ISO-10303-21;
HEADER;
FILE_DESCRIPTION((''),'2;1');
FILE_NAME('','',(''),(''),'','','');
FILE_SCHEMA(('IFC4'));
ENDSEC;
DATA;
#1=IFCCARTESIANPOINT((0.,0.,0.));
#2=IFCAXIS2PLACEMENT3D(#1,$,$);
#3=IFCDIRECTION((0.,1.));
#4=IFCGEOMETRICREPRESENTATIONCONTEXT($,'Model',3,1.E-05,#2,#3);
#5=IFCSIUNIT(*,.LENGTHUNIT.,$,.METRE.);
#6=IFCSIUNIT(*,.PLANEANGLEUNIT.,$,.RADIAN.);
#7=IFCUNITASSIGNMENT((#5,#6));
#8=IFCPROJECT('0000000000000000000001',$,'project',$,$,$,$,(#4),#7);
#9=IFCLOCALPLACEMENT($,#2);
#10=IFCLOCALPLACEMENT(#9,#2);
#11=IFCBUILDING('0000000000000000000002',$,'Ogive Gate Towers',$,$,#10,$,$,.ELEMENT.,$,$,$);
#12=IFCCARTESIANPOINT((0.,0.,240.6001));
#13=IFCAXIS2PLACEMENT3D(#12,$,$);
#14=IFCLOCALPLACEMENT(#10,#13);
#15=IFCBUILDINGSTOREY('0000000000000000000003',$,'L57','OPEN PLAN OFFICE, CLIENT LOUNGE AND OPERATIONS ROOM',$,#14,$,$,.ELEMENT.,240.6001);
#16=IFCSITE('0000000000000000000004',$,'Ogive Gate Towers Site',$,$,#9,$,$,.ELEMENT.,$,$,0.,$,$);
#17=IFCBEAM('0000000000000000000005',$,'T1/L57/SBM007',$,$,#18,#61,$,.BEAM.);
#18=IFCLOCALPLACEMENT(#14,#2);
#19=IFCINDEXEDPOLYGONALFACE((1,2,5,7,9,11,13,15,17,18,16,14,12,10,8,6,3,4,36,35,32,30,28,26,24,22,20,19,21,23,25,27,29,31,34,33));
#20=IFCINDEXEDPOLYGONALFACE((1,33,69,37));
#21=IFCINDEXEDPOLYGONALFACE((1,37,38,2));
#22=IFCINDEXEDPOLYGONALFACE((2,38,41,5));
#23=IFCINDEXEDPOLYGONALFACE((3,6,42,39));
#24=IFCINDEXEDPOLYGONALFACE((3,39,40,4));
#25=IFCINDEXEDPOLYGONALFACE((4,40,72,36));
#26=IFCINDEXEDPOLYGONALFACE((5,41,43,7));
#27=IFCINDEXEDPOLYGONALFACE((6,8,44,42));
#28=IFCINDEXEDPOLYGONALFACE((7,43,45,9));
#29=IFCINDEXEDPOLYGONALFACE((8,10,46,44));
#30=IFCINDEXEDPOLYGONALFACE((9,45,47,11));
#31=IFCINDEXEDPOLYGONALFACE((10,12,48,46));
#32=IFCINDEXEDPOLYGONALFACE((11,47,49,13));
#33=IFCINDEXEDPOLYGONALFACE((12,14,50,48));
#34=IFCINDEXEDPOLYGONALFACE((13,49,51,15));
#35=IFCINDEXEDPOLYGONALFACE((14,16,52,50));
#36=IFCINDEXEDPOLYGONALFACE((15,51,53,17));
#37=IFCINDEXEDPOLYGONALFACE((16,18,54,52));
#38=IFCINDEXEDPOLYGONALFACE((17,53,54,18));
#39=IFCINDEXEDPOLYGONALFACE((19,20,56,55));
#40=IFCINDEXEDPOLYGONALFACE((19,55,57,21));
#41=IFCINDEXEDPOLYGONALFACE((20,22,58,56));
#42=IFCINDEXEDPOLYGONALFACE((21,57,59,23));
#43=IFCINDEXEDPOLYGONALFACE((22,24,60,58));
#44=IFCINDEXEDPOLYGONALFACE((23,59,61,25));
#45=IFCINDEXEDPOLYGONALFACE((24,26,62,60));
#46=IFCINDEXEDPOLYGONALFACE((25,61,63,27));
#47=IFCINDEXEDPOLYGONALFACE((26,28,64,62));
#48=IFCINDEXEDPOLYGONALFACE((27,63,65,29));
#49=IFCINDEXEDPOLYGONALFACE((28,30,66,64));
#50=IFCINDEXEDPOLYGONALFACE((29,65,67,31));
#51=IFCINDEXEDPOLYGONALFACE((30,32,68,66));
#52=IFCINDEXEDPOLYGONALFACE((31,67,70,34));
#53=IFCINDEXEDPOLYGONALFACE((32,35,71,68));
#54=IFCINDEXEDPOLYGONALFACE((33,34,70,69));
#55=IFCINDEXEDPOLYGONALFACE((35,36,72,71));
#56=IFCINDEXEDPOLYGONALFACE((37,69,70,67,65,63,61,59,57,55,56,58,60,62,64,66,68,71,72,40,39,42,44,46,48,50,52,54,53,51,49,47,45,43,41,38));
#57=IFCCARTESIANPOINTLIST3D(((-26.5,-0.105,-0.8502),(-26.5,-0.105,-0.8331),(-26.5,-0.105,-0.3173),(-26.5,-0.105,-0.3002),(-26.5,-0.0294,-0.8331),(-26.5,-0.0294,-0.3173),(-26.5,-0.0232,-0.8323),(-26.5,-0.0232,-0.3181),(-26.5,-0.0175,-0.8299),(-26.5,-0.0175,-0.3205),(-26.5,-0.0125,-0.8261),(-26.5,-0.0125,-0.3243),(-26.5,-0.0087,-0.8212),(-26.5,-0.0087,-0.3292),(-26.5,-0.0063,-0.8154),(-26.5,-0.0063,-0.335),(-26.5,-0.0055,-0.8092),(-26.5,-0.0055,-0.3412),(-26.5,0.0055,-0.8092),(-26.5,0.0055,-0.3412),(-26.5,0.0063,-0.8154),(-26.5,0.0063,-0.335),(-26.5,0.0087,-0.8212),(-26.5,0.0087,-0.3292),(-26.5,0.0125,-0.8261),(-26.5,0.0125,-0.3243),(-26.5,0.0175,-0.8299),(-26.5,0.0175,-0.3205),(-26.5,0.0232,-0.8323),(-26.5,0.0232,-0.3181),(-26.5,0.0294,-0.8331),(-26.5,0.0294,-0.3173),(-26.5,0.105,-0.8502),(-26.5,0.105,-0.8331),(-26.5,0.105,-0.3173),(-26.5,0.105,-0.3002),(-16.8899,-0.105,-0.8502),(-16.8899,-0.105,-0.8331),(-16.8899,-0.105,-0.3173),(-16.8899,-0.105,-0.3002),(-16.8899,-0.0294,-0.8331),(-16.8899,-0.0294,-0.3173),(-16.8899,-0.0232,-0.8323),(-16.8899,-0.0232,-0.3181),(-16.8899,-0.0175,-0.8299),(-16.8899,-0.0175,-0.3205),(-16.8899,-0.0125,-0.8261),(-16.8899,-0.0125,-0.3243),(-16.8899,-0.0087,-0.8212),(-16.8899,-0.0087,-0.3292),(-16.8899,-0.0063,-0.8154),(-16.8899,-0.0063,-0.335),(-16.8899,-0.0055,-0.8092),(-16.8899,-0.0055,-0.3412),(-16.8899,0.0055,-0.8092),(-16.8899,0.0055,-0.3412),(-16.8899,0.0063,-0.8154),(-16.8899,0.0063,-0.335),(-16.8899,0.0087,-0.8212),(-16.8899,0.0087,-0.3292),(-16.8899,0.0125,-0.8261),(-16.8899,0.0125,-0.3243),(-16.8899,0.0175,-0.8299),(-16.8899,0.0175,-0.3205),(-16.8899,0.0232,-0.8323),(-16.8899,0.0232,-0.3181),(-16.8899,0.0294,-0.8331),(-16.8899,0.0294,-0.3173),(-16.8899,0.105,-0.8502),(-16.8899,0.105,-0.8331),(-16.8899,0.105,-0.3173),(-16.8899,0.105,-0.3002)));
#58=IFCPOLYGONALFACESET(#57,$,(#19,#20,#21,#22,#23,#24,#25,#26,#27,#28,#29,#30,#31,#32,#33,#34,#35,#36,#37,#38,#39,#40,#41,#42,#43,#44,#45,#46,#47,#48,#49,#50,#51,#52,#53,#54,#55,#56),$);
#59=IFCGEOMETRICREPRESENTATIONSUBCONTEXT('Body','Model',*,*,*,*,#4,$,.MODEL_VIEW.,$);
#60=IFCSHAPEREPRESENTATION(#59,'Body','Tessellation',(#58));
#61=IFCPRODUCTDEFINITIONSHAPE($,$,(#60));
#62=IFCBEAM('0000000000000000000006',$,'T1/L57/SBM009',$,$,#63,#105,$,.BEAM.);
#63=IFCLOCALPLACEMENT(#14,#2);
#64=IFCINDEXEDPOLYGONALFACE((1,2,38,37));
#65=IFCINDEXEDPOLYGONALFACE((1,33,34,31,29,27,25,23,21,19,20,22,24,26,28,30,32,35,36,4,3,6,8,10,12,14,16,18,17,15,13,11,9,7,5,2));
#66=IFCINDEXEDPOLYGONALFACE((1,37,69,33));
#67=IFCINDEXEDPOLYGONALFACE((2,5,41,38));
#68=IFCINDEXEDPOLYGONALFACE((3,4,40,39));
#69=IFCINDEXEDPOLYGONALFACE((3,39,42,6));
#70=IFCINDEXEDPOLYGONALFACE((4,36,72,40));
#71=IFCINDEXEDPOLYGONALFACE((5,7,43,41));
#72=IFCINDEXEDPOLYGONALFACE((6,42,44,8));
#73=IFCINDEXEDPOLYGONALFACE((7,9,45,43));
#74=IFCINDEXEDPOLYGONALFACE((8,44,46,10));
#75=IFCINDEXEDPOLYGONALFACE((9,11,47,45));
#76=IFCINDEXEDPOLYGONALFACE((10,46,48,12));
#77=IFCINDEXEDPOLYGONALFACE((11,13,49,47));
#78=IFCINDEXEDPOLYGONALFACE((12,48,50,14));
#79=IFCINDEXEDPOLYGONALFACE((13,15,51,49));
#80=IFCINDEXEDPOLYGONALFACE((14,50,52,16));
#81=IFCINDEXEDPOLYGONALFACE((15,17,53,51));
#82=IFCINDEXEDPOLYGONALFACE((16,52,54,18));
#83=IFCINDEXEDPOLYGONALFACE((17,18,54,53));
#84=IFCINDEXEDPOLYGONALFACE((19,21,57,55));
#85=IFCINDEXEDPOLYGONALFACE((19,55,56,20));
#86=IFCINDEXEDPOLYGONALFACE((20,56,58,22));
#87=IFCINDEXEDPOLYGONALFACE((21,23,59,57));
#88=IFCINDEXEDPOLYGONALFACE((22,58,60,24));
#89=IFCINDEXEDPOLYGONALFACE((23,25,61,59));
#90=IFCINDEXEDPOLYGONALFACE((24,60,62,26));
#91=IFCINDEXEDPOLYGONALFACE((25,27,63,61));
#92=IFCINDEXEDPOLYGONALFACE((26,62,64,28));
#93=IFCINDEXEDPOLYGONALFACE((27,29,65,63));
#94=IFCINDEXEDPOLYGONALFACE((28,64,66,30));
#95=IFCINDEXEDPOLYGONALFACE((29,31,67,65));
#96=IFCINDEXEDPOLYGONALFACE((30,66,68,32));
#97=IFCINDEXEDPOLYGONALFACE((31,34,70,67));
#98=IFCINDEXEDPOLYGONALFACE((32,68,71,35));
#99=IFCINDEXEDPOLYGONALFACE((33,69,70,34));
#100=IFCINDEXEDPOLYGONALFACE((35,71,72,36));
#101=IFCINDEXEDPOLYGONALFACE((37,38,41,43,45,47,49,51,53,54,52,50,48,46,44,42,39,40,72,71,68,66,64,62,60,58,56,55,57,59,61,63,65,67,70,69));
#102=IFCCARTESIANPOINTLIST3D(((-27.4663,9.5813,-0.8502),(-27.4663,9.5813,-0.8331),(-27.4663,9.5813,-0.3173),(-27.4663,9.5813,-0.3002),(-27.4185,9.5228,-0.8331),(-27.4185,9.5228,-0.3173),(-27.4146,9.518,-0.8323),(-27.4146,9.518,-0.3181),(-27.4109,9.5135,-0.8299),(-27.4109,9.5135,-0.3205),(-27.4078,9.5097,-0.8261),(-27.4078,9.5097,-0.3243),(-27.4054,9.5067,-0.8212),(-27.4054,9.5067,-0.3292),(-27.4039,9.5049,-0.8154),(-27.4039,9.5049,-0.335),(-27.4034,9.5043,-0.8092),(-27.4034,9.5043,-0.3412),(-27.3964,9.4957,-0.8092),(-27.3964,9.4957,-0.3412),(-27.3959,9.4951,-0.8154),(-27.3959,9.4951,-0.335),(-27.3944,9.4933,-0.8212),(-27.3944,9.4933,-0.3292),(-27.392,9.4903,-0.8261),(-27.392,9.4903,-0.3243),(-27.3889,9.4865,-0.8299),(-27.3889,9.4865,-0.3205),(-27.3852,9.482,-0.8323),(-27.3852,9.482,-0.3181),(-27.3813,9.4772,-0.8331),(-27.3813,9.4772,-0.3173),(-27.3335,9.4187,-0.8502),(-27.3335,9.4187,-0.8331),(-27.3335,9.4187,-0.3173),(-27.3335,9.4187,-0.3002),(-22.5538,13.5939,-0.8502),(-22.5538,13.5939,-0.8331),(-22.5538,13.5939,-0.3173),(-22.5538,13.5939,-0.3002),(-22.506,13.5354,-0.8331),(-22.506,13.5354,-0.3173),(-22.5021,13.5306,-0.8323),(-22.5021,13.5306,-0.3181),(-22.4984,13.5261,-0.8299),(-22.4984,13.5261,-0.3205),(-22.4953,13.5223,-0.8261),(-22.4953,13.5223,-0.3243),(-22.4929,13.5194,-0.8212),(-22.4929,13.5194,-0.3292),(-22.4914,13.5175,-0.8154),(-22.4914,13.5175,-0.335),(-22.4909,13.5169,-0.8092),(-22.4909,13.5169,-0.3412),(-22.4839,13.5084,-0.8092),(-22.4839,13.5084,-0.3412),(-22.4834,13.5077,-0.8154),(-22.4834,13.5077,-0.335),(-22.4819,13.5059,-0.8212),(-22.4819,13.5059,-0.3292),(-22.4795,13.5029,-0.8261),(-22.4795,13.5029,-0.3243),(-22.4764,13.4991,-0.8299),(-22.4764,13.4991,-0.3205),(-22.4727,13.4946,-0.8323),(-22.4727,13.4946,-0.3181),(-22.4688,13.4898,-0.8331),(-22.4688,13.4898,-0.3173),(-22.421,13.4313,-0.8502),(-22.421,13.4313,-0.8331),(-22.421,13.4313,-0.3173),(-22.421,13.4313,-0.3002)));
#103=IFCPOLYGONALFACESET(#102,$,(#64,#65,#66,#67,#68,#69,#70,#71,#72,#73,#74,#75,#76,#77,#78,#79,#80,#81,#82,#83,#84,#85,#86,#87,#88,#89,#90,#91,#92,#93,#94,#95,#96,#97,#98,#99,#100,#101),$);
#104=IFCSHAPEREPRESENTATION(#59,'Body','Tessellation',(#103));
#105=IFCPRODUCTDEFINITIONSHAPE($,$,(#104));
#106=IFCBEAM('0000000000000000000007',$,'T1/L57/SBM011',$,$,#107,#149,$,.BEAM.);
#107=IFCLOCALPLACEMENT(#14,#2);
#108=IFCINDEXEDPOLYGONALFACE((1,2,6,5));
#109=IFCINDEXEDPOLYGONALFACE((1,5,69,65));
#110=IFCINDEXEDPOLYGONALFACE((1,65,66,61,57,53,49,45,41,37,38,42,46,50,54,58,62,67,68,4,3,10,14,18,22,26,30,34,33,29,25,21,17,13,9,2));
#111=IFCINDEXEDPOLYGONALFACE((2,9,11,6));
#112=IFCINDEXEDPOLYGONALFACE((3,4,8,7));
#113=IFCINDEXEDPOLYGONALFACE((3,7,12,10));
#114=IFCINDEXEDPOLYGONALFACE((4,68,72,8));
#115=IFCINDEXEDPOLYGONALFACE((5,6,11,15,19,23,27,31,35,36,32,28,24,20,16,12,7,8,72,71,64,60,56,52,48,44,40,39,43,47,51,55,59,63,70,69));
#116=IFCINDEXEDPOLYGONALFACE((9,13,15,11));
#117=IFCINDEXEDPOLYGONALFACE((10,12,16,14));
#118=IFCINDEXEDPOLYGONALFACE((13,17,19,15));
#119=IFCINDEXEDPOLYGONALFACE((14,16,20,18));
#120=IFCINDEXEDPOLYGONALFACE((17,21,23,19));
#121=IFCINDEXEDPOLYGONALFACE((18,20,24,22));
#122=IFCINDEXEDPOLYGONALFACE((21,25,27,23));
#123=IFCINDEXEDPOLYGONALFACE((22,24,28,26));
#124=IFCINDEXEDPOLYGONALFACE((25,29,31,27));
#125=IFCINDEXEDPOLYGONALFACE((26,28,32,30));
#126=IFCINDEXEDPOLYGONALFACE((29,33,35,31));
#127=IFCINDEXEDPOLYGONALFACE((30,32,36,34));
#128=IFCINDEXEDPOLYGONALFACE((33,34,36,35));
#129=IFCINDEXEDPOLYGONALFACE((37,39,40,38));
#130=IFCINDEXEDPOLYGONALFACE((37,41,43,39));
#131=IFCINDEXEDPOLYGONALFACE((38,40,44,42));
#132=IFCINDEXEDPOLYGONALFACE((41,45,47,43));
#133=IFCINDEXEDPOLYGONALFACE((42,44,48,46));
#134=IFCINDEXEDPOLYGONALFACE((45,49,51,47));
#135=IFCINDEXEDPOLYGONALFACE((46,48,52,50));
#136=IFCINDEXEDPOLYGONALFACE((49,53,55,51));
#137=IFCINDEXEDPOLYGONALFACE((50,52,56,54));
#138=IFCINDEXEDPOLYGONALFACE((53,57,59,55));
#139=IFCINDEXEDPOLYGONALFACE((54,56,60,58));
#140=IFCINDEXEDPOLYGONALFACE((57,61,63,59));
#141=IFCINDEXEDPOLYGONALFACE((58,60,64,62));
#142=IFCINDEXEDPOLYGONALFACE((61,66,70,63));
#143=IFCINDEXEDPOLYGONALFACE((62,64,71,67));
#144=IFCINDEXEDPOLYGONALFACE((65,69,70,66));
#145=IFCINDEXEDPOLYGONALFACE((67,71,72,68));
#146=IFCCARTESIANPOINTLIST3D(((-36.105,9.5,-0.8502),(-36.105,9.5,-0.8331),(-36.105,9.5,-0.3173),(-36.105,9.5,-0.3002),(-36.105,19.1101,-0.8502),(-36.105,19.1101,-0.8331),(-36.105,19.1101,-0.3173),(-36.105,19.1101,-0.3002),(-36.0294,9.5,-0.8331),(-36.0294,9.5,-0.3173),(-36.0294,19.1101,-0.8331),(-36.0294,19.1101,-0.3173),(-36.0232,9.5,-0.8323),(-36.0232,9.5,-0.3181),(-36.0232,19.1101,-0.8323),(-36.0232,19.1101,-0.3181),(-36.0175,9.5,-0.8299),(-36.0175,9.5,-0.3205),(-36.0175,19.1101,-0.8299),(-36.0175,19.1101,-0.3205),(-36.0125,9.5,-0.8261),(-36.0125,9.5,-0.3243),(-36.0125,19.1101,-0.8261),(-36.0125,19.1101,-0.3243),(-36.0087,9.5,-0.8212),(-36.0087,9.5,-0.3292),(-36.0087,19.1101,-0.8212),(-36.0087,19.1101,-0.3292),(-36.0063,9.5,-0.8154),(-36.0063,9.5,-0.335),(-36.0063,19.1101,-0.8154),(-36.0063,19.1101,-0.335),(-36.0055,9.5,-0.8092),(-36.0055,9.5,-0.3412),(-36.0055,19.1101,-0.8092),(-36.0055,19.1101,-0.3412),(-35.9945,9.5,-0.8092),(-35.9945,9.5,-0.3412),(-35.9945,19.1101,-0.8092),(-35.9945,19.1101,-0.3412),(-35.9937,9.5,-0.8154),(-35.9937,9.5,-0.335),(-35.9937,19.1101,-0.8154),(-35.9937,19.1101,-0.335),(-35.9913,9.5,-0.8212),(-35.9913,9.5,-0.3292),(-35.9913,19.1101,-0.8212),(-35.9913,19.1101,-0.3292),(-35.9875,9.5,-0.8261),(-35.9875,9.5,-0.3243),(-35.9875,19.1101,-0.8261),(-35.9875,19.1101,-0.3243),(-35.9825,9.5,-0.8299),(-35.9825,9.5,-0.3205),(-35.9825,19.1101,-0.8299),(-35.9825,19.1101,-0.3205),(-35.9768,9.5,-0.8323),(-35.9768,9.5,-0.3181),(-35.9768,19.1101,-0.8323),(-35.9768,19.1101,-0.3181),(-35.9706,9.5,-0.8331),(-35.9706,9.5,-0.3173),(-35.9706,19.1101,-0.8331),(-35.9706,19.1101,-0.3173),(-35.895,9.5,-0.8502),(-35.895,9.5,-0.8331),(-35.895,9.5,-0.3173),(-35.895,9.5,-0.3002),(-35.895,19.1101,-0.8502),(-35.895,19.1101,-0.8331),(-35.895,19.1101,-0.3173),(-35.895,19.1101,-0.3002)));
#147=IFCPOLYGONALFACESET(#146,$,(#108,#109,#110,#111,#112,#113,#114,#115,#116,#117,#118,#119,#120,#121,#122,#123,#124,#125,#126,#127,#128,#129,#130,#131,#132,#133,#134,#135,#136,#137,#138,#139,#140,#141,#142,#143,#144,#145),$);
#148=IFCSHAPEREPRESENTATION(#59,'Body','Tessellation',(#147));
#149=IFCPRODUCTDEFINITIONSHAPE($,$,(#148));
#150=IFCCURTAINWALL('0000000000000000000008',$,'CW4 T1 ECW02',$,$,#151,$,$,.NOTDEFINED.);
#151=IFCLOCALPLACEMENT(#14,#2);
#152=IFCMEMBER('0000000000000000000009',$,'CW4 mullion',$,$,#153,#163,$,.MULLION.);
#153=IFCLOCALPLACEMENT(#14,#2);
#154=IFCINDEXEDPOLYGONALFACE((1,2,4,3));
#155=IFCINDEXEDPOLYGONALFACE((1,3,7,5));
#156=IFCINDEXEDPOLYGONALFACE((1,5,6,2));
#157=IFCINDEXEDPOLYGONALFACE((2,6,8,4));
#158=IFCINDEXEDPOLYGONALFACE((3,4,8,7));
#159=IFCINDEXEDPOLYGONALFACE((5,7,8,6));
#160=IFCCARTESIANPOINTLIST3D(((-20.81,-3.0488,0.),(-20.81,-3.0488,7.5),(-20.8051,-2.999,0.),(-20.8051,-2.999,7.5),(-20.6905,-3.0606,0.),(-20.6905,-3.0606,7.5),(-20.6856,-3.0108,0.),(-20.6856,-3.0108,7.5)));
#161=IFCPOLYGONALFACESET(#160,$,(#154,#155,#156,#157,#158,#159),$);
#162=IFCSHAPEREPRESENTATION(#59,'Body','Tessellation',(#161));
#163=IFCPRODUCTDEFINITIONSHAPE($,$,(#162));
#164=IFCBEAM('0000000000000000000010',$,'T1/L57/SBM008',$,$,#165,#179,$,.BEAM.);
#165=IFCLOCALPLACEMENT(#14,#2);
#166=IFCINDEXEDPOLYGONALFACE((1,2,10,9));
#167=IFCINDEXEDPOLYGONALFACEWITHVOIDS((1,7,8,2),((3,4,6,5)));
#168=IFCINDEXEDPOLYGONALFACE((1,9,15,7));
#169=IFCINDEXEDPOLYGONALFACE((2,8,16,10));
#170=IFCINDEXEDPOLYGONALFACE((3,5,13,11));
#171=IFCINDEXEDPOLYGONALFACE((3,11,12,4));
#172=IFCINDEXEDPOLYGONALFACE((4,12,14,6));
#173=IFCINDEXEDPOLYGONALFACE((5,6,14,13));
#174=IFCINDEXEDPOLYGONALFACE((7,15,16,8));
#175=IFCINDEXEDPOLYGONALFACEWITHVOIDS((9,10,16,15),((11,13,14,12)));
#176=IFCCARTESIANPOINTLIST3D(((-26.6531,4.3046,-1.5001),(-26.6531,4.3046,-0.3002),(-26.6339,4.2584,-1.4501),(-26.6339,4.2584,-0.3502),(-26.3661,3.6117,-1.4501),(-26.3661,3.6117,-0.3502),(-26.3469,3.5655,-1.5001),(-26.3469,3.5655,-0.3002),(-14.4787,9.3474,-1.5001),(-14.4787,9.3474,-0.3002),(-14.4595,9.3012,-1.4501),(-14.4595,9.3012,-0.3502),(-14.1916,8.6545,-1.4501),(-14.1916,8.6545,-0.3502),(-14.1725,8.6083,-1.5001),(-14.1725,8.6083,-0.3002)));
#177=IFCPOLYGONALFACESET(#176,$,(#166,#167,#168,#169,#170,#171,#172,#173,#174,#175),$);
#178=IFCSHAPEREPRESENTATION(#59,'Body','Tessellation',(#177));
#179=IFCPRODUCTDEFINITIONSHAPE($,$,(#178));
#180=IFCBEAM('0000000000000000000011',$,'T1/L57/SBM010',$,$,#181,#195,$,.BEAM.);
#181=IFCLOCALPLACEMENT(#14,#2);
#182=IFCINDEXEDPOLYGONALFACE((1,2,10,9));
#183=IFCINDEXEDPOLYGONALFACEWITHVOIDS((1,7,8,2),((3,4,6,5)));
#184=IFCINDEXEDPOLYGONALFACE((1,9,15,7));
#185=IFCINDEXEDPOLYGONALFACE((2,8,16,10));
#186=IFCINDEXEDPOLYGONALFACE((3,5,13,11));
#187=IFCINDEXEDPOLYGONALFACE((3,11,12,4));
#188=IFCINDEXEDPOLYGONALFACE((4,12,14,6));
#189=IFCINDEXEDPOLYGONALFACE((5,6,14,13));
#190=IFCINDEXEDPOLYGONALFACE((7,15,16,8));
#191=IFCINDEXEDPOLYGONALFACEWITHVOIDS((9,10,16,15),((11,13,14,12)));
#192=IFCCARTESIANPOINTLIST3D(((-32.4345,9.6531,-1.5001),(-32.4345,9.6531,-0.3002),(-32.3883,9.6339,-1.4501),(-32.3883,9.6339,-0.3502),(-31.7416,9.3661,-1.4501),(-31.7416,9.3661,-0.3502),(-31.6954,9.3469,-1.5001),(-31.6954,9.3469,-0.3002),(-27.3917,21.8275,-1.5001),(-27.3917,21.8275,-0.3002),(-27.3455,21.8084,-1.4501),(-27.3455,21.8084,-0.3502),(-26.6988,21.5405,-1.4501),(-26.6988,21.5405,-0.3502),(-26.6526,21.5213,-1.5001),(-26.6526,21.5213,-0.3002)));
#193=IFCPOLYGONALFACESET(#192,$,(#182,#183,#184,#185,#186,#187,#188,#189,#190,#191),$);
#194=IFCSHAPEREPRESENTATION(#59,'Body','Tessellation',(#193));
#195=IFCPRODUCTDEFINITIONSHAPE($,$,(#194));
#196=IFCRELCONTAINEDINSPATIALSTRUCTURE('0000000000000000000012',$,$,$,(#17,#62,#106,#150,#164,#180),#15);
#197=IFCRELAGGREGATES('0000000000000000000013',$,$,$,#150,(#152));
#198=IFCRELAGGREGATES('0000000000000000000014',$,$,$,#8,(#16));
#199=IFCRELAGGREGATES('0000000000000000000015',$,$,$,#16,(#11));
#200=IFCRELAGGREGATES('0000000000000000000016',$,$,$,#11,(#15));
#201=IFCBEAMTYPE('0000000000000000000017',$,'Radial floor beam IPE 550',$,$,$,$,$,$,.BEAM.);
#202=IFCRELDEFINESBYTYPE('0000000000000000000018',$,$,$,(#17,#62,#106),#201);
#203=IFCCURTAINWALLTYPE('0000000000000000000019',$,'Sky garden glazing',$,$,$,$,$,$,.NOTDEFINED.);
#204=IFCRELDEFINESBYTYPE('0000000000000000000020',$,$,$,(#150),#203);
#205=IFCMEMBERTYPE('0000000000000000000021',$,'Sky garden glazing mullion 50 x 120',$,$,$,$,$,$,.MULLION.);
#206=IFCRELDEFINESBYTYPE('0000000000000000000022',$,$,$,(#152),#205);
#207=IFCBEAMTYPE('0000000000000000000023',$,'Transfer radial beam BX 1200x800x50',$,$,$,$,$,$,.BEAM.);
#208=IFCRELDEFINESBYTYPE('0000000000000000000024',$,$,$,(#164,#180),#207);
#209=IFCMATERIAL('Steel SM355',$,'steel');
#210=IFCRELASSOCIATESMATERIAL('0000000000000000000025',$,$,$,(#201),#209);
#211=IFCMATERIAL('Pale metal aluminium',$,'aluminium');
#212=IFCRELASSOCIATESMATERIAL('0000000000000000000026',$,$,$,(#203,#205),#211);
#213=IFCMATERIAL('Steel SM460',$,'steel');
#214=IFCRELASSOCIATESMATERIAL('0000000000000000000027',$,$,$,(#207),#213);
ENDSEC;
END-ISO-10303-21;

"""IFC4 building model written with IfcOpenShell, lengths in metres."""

from ifc_helpers import new_model, si_unit, direction, frame, origin, origin_2d, place, context, subcontext, project, spatial, rectangle, hollow_rectangle, i_section, extrude, material, material_profile, profile_set, type_object, element, aggregate, save


model = new_model("IFC4")

# Units and contexts
model_context = context("Model", 3, precision=1e-05, world=origin(), true_north=direction((0.0, 1.0)))
body_context = subcontext(model_context, "Body", "Model", "MODEL_VIEW")
ifc_project = project(units=[si_unit("LENGTHUNIT", "METRE"), si_unit("PLANEANGLEUNIT", "RADIAN")], contexts=[model_context])

# Site, building, storey
site_placement = place(None, origin())
site = spatial("IfcSite", under=ifc_project, at=site_placement, Name="Ogive Gate Towers Site", CompositionType="ELEMENT", RefElevation=0.0)
building_placement = place(site_placement, origin())
building = spatial("IfcBuilding", under=site, at=building_placement, Name="Ogive Gate Towers", CompositionType="ELEMENT")
storey_placement = place(building_placement, frame((0.0, 0.0, 240.6001)))
storey = spatial("IfcBuildingStorey", under=building, at=storey_placement, Name="L57", Description="OPEN PLAN OFFICE, CLIENT LOUNGE AND OPERATIONS ROOM", CompositionType="ELEMENT", Elevation=240.6001)

# Beams
ifc_material_1 = material(Name="Steel SM355", Category="steel")
ifc_material_profile_1 = material_profile(ifc_material_1, i_section(OverallWidth=0.21, OverallDepth=0.55, WebThickness=0.011, FlangeThickness=0.0171, FilletRadius=0.0239, at=origin_2d()), Name="IPE 550")
ifc_profile_set_1 = profile_set([ifc_material_profile_1], Name="Steel SM355")
beam_type_1 = type_object("IfcBeamType", Name="Radial floor beam IPE 550", PredefinedType="BEAM", material=ifc_profile_set_1)
beam_1_placement = place(storey_placement, frame((-26.5, 0.0, -0.5752), z_axis=(1.0, 0.0, 0.0), x_axis=(0.0, 1.0, 0.0)))
element("IfcBeam", 1, at=beam_1_placement, inside=storey, type_object=beam_type_1, Name="T1/L57/SBM007", PredefinedType="BEAM", context=body_context, shape_type="SweptSolid", body=[
    extrude(i_section(OverallWidth=0.21, OverallDepth=0.55, WebThickness=0.011, FlangeThickness=0.0171, FilletRadius=0.0239, at=origin_2d()), origin(), (0.0, 0.0, 1.0), 9.6101),
])
beam_2_placement = place(storey_placement, frame((-27.3999, 9.5, -0.5752), z_axis=(0.774475, 0.632605, 0.0), x_axis=(-0.632605, 0.774475, 0.0)))
element("IfcBeam", 2, at=beam_2_placement, inside=storey, type_object=beam_type_1, Name="T1/L57/SBM009", PredefinedType="BEAM", context=body_context, shape_type="SweptSolid", body=[
    extrude(i_section(OverallWidth=0.21, OverallDepth=0.55, WebThickness=0.011, FlangeThickness=0.0171, FilletRadius=0.0239, at=origin_2d()), origin(), (0.0, 0.0, 1.0), 6.343),
])
beam_3_placement = place(storey_placement, frame((-36.0, 9.5, -0.5752), z_axis=(0.0, 1.0, 0.0), x_axis=(-1.0, 0.0, 0.0)))
element("IfcBeam", 3, at=beam_3_placement, inside=storey, type_object=beam_type_1, Name="T1/L57/SBM011", PredefinedType="BEAM", context=body_context, shape_type="SweptSolid", body=[
    extrude(i_section(OverallWidth=0.21, OverallDepth=0.55, WebThickness=0.011, FlangeThickness=0.0171, FilletRadius=0.0239, at=origin_2d()), origin(), (0.0, 0.0, 1.0), 9.6101),
])

# Curtain wall, member
ifc_material_2 = material(Name="Pale metal aluminium", Category="aluminium")
curtain_wall_type = type_object("IfcCurtainWallType", Name="Sky garden glazing", PredefinedType="NOTDEFINED", material=ifc_material_2)
curtain_wall_placement = place(storey_placement, origin())
curtain_wall = element("IfcCurtainWall", 4, at=curtain_wall_placement, inside=storey, type_object=curtain_wall_type, Name="CW4 T1 ECW02", PredefinedType="NOTDEFINED")
ifc_material_profile_2 = material_profile(ifc_material_2, rectangle(XDim=0.1201, YDim=0.05, at=origin_2d()), Name="50 x 120 aluminium box")
ifc_profile_set_2 = profile_set([ifc_material_profile_2], Name="Pale metal aluminium")
member_type = type_object("IfcMemberType", Name="Sky garden glazing mullion 50 x 120", PredefinedType="MULLION", material=ifc_profile_set_2)
member_placement = place(storey_placement, frame((-20.7478, -3.0298, 0.0), z_axis=(0.0, 0.0, 1.0), x_axis=(-0.995197, 0.097896, 0.0)))
member = element("IfcMember", 5, at=member_placement, type_object=member_type, Name="CW4 mullion", PredefinedType="MULLION", context=body_context, shape_type="SweptSolid", body=[
    extrude(rectangle(XDim=0.1201, YDim=0.05, at=origin_2d()), origin(), (0.0, 0.0, 1.0), 7.5),
])

# Beams
ifc_material_3 = material(Name="Steel SM460", Category="steel")
ifc_material_profile_3 = material_profile(ifc_material_3, hollow_rectangle(XDim=0.8, YDim=1.2, WallThickness=0.05, at=origin_2d()), Name="BX 1200x800x50")
ifc_profile_set_3 = profile_set([ifc_material_profile_3], Name="Steel SM460")
beam_type_2 = type_object("IfcBeamType", Name="Transfer radial beam BX 1200x800x50", PredefinedType="BEAM", material=ifc_profile_set_3)
for number, where, z_axis, x_axis, name in (
    (6, (-26.5, 3.9351, -0.9001), (0.923881, 0.382681, 0.0), (-0.382681, 0.923881, 0.0), "T1/L57/SBM008"),
    (7, (-32.0649, 9.5, -0.9001), (0.382681, 0.923881, 0.0), (-0.923881, 0.382681, 0.0), "T1/L57/SBM010"),
):
    element("IfcBeam", number, at=place(storey_placement, frame(where, z_axis=z_axis, x_axis=x_axis)), inside=storey, type_object=beam_type_2, Name=name, PredefinedType="BEAM", context=body_context, shape_type="SweptSolid", body=[
        extrude(hollow_rectangle(XDim=0.8, YDim=1.2, WallThickness=0.05, at=origin_2d()), origin(), (0.0, 0.0, 1.0), 13.1775),
    ])

aggregate(curtain_wall, [member])

save(model, "model.ifc")
